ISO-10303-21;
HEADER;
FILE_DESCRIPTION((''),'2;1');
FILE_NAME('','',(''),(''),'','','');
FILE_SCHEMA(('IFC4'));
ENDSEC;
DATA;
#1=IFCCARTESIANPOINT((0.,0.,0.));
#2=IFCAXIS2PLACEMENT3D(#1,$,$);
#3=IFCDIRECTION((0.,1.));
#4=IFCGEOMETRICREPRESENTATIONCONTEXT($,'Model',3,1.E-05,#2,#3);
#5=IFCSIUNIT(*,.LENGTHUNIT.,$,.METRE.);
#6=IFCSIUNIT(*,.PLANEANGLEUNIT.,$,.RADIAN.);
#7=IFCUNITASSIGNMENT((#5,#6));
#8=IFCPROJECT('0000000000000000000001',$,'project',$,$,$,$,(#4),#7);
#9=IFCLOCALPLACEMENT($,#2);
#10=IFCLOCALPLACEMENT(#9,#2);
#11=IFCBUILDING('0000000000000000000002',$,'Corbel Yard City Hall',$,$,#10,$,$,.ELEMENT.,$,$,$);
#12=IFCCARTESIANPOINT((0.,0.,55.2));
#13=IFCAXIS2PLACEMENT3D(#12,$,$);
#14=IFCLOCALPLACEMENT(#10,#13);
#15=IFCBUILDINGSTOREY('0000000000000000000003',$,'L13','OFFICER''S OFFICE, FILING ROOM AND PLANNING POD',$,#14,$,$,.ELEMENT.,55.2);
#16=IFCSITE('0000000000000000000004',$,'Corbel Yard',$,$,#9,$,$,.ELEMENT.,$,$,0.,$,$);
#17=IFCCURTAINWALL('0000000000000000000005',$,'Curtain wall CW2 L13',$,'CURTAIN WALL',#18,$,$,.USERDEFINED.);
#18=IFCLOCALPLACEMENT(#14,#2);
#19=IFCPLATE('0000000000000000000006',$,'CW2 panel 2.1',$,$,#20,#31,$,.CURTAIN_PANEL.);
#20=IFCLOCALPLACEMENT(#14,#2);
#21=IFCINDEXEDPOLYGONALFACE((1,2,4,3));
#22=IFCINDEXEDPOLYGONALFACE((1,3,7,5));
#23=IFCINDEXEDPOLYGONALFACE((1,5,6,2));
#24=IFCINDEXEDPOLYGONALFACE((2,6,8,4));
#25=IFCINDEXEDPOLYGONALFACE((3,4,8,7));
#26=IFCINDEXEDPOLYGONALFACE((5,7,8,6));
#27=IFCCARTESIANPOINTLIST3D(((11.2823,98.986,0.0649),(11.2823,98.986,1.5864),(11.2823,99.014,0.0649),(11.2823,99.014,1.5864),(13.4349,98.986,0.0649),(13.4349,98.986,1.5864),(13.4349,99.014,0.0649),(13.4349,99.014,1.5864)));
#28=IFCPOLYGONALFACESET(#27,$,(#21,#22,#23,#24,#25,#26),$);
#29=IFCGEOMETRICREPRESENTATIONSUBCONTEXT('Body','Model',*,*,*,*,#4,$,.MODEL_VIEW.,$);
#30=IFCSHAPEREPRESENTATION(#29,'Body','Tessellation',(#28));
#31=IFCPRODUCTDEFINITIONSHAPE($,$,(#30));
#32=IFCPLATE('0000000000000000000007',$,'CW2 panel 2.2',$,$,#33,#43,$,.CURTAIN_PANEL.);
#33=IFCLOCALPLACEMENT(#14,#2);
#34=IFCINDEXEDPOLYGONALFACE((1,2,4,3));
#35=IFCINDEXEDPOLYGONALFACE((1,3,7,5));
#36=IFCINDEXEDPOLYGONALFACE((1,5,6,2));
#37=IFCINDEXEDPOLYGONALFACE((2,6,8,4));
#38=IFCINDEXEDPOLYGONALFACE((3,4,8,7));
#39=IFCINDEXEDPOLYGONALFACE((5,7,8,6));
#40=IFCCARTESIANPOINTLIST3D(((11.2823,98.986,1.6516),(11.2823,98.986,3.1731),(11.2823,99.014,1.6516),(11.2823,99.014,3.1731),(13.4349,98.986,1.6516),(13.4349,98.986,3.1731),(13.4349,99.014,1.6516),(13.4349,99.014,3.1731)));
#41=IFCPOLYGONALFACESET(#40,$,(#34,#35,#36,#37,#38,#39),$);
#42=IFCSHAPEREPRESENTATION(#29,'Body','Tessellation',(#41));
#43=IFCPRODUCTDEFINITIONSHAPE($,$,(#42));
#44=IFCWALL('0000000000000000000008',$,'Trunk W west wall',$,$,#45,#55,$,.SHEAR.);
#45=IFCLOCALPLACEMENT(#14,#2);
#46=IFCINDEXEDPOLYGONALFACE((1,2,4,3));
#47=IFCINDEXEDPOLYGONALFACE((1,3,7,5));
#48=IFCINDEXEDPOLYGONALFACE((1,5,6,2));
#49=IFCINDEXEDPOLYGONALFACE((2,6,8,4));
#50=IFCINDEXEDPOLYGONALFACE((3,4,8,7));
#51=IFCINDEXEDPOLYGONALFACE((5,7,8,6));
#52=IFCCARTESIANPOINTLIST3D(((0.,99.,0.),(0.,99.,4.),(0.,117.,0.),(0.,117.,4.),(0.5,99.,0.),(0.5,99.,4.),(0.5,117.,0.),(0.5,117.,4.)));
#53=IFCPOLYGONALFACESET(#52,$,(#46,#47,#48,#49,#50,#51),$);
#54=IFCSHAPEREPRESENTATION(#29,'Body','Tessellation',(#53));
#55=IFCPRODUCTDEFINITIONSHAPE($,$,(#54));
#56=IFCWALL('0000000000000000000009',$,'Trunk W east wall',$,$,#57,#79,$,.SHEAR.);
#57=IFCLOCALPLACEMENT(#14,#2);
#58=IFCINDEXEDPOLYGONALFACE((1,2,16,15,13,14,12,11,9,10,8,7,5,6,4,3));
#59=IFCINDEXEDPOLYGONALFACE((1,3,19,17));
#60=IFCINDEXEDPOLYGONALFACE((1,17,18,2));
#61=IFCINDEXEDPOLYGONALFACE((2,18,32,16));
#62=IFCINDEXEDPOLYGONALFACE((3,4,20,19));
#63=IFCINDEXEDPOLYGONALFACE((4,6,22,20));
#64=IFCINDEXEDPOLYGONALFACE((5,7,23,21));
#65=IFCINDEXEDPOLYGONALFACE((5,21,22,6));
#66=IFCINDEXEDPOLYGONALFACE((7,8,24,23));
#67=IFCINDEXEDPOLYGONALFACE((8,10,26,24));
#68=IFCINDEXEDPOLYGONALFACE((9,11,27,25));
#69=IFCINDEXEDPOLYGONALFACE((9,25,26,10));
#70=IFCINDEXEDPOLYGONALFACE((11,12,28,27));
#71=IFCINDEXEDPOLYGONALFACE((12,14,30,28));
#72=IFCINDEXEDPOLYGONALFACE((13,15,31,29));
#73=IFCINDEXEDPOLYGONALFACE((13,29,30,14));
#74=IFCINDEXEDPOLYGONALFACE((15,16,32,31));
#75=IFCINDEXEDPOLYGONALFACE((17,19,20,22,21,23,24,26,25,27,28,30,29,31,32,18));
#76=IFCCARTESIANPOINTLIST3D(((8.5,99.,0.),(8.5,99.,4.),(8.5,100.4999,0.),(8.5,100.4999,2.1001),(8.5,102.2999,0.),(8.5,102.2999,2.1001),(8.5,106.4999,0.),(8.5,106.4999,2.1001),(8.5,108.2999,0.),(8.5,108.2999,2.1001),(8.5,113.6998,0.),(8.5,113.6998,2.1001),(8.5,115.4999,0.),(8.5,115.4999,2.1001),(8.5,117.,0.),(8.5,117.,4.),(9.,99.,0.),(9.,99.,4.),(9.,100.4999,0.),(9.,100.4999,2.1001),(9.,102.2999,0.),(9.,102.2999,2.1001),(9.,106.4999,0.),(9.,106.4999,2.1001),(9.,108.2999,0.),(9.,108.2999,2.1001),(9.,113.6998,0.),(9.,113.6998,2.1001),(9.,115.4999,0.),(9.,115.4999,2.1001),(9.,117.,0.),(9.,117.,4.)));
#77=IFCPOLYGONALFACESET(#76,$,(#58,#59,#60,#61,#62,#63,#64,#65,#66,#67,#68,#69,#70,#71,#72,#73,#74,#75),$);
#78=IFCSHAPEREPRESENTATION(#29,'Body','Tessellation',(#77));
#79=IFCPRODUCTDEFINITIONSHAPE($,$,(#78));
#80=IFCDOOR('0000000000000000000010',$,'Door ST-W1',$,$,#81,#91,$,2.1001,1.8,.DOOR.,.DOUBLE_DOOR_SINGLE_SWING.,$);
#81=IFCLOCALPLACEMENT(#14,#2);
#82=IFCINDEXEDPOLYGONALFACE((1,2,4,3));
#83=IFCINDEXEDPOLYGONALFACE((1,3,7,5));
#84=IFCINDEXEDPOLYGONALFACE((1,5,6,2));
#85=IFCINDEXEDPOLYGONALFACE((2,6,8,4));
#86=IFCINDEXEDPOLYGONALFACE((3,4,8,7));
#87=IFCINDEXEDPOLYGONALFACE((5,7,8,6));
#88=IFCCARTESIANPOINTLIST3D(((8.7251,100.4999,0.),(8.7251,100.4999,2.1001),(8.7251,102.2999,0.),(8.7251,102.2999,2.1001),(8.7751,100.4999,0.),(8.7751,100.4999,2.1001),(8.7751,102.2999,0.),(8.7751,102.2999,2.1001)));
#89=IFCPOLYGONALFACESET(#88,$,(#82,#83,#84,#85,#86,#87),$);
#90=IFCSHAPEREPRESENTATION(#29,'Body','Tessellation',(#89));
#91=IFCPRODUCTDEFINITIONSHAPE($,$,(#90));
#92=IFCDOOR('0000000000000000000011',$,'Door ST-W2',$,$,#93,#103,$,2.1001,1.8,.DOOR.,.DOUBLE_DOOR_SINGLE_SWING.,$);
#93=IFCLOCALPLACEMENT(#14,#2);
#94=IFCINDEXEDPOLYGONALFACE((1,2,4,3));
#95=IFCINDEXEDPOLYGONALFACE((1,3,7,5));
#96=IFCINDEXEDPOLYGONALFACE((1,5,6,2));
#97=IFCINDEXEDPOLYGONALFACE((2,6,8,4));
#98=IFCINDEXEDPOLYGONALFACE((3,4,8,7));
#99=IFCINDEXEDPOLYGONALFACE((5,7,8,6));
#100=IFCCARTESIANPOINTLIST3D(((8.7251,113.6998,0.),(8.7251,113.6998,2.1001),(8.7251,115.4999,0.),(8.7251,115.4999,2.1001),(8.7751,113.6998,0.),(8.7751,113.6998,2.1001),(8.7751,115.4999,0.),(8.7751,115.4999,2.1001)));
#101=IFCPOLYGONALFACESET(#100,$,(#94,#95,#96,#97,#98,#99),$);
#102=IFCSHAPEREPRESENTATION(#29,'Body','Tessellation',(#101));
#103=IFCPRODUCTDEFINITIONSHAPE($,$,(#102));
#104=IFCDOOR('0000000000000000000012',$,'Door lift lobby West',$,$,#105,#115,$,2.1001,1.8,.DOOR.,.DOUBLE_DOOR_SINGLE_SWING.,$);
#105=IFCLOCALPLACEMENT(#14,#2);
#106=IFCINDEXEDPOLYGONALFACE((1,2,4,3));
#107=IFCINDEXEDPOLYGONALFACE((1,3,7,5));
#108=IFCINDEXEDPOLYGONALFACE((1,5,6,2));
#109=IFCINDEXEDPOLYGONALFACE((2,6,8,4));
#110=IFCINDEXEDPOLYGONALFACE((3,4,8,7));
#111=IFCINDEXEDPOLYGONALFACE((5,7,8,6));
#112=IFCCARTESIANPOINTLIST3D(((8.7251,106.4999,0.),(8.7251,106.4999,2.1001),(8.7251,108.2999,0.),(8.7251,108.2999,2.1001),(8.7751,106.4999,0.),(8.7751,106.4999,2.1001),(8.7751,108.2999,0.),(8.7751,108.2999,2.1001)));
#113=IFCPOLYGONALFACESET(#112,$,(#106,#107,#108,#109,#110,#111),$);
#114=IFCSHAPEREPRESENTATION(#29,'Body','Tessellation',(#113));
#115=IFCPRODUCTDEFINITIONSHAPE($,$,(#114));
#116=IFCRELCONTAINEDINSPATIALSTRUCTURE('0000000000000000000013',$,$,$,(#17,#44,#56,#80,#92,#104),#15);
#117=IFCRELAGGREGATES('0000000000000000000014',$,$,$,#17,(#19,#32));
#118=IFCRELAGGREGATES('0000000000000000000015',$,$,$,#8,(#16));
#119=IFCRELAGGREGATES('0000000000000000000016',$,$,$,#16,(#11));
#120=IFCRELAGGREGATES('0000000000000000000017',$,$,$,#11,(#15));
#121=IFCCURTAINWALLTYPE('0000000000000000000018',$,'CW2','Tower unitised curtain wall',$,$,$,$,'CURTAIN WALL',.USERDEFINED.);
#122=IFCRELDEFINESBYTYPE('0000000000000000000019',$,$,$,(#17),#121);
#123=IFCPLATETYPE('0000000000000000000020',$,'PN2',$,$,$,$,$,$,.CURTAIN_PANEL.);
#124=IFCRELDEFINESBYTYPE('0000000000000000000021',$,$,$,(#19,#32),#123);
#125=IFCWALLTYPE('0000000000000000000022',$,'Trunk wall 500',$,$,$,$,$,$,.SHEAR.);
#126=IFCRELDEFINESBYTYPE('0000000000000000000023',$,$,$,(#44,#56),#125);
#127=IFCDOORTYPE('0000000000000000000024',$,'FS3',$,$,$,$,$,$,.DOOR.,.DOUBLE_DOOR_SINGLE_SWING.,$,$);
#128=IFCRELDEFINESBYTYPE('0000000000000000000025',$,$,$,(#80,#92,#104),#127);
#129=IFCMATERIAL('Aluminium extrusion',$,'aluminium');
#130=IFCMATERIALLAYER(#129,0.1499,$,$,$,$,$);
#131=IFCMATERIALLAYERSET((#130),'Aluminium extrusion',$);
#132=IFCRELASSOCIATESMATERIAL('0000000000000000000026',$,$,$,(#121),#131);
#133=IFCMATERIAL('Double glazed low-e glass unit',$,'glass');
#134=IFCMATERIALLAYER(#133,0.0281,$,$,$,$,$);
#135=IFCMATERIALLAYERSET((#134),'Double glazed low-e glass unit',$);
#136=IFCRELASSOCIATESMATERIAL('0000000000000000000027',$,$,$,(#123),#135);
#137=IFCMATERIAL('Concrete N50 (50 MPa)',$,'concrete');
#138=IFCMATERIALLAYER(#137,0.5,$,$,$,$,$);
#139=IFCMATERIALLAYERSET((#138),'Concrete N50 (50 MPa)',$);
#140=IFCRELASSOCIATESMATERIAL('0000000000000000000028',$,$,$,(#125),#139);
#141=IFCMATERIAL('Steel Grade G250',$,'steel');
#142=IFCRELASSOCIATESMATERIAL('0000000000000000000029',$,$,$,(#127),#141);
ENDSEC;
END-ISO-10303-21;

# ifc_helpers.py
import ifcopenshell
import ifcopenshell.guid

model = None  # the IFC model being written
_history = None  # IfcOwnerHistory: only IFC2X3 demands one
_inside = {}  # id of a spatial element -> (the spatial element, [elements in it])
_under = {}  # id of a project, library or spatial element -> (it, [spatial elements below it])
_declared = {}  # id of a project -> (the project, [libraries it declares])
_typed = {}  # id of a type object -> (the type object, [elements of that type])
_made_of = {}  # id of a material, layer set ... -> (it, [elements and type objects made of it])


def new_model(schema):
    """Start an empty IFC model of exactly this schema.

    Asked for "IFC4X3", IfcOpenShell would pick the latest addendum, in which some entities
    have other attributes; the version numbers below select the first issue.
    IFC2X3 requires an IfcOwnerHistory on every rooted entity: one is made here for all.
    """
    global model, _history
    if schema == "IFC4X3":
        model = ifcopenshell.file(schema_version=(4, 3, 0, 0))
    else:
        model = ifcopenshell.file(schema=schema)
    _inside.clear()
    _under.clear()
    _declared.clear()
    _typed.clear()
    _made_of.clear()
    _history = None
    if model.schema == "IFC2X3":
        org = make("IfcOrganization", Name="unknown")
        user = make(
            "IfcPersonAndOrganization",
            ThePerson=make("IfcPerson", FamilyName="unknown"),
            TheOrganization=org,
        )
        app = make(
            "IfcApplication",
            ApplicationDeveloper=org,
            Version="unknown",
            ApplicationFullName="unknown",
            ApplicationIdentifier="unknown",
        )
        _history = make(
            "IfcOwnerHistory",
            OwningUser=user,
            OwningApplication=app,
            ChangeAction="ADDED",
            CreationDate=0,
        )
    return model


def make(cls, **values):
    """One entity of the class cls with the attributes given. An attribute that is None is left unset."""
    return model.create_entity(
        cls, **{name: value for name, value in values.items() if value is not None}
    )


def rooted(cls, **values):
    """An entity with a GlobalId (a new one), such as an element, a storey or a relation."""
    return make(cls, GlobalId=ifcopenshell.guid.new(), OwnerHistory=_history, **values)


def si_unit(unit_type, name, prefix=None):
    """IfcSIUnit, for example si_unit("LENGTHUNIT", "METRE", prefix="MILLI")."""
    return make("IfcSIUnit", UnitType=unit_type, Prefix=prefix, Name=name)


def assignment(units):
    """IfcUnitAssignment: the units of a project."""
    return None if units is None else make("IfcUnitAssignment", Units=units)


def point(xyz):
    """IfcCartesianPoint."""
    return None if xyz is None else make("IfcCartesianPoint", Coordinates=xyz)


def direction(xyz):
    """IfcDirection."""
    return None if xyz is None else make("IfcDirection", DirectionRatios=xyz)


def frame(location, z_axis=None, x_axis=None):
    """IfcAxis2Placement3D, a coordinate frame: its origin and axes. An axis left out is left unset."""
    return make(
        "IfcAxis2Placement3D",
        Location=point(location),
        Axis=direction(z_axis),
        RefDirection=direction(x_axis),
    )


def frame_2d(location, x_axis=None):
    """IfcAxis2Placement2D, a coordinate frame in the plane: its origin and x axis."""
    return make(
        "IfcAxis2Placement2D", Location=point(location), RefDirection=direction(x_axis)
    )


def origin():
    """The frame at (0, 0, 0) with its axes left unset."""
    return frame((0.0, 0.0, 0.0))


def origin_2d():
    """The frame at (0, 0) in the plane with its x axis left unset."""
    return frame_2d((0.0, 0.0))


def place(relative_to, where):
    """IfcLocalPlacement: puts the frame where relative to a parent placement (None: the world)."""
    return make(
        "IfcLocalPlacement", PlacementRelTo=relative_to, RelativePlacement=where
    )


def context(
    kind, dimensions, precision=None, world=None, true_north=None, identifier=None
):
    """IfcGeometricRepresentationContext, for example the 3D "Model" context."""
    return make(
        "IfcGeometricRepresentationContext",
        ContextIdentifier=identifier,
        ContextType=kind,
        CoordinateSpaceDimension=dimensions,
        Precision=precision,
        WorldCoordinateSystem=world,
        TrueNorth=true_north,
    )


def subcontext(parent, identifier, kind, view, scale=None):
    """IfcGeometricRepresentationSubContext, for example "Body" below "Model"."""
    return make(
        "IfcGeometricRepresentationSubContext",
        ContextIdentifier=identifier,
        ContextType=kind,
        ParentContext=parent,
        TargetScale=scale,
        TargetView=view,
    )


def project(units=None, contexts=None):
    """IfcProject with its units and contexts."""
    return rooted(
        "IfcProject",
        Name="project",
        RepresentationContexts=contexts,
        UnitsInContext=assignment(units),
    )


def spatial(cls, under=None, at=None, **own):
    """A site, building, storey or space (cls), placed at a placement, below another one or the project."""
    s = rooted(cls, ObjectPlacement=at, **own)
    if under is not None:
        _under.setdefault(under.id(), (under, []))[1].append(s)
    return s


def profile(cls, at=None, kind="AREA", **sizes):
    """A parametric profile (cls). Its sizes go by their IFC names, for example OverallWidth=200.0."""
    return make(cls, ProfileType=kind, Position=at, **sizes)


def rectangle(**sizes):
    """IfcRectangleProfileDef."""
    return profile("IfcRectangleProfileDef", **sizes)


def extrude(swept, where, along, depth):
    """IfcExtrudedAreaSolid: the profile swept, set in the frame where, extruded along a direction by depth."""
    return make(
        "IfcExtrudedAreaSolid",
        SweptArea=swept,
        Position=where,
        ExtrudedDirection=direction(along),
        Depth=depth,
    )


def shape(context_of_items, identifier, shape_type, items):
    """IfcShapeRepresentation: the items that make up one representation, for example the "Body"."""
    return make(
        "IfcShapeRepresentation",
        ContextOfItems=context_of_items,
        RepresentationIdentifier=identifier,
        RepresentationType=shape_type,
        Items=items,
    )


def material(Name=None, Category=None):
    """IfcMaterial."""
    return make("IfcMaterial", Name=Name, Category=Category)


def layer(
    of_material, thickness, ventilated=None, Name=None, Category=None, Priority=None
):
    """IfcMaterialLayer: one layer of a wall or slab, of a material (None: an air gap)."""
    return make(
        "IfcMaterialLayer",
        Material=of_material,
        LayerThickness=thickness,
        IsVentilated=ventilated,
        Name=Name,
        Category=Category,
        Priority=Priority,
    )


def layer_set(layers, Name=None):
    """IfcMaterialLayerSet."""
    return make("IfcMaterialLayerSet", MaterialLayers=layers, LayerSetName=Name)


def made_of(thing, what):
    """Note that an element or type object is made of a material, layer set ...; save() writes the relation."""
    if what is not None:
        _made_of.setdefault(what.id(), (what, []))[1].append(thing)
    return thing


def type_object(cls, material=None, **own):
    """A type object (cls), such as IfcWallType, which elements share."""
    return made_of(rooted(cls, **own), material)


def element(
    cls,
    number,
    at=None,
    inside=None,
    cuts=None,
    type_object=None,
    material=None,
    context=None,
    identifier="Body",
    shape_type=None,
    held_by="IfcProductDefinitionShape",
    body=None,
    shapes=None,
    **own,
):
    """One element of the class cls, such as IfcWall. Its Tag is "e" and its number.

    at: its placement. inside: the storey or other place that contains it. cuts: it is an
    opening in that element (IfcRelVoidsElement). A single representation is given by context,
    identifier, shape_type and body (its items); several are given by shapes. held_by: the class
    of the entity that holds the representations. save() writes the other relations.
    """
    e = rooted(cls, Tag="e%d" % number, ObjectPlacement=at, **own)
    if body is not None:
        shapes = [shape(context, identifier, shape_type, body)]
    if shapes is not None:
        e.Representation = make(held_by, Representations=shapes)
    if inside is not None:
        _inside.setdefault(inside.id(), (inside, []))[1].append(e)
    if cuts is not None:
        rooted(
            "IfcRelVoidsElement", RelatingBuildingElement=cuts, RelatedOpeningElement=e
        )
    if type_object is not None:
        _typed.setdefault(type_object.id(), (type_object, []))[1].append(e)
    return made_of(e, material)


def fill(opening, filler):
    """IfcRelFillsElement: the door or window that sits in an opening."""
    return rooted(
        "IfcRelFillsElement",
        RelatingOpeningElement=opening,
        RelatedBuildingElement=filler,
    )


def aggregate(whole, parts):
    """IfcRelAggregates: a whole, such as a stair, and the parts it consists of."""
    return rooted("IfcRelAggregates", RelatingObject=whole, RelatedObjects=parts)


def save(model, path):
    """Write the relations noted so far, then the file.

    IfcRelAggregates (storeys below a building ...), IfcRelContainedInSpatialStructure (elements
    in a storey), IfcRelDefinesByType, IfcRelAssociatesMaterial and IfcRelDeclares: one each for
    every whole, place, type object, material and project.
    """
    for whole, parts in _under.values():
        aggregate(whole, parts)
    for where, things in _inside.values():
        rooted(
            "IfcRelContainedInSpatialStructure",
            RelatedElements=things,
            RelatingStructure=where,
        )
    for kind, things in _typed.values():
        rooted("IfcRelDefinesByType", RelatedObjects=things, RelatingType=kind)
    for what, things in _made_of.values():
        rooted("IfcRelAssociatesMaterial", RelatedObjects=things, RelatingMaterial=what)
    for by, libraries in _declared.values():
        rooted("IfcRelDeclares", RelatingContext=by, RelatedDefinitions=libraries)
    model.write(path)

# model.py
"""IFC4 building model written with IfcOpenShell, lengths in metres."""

from ifc_helpers import new_model, si_unit, direction, frame, frame_2d, origin, origin_2d, place, context, subcontext, project, spatial, rectangle, extrude, material, layer, layer_set, type_object, element, fill, aggregate, save


model = new_model("IFC4")

# Units and contexts
model_context = context("Model", 3, precision=1e-05, world=origin(), true_north=direction((0.0, 1.0)))
body_context = subcontext(model_context, "Body", "Model", "MODEL_VIEW")
ifc_project = project(units=[si_unit("LENGTHUNIT", "METRE"), si_unit("PLANEANGLEUNIT", "RADIAN")], contexts=[model_context])

# Site, building, storey
site_placement = place(None, origin())
site = spatial("IfcSite", under=ifc_project, at=site_placement, Name="Corbel Yard", CompositionType="ELEMENT", RefElevation=0.0)
building_placement = place(site_placement, origin())
building = spatial("IfcBuilding", under=site, at=building_placement, Name="Corbel Yard City Hall", CompositionType="ELEMENT")
storey_placement = place(building_placement, frame((0.0, 0.0, 55.2)))
storey = spatial("IfcBuildingStorey", under=building, at=storey_placement, Name="L13", Description="OFFICER'S OFFICE, FILING ROOM AND PLANNING POD", CompositionType="ELEMENT", Elevation=55.2)

# Curtain wall
ifc_material_1 = material(Name="Aluminium extrusion", Category="aluminium")
ifc_layer_1 = layer(ifc_material_1, 0.1499)
ifc_layer_set_1 = layer_set([ifc_layer_1], Name="Aluminium extrusion")
curtain_wall_type = type_object("IfcCurtainWallType", Name="CW2", Description="Tower unitised curtain wall", ElementType="CURTAIN WALL", PredefinedType="USERDEFINED", material=ifc_layer_set_1)
curtain_wall_placement = place(storey_placement, origin())
curtain_wall = element("IfcCurtainWall", 1, at=curtain_wall_placement, inside=storey, type_object=curtain_wall_type, Name="Curtain wall CW2 L13", ObjectType="CURTAIN WALL", PredefinedType="USERDEFINED")

# Plates
ifc_material_2 = material(Name="Double glazed low-e glass unit", Category="glass")
ifc_layer_2 = layer(ifc_material_2, 0.0281)
ifc_layer_set_2 = layer_set([ifc_layer_2], Name="Double glazed low-e glass unit")
plate_type_1 = type_object("IfcPlateType", Name="PN2", PredefinedType="CURTAIN_PANEL", material=ifc_layer_set_2)
plate_1_placement = place(storey_placement, frame((12.3586, 99.0, 0.0649), z_axis=(0.0, 0.0, 1.0), x_axis=(1.0, 0.0, 0.0)))
plate_1 = element("IfcPlate", 2, at=plate_1_placement, type_object=plate_type_1, Name="CW2 panel 2.1", PredefinedType="CURTAIN_PANEL", context=body_context, shape_type="SweptSolid", body=[
    extrude(rectangle(XDim=2.1526, YDim=0.0281, at=origin_2d()), origin(), (0.0, 0.0, 1.0), 1.5215),
])
plate_2_placement = place(storey_placement, frame((12.3586, 99.0, 1.6516), z_axis=(0.0, 0.0, 1.0), x_axis=(1.0, 0.0, 0.0)))
plate_2 = element("IfcPlate", 3, at=plate_2_placement, type_object=plate_type_1, Name="CW2 panel 2.2", PredefinedType="CURTAIN_PANEL", context=body_context, shape_type="SweptSolid", body=[
    extrude(rectangle(XDim=2.1526, YDim=0.0281, at=origin_2d()), origin(), (0.0, 0.0, 1.0), 1.5215),
])
aggregate(curtain_wall, [plate_1, plate_2])

# Wall
ifc_material_3 = material(Name="Concrete N50 (50 MPa)", Category="concrete")
ifc_layer_3 = layer(ifc_material_3, 0.5)
ifc_layer_set_3 = layer_set([ifc_layer_3], Name="Concrete N50 (50 MPa)")
wall_type = type_object("IfcWallType", Name="Trunk wall 500", PredefinedType="SHEAR", material=ifc_layer_set_3)
wall_1_placement = place(storey_placement, frame((0.25, 99.0, 0.0), z_axis=(0.0, 0.0, 1.0), x_axis=(0.0, 1.0, 0.0)))
element("IfcWall", 4, at=wall_1_placement, inside=storey, type_object=wall_type, Name="Trunk W west wall", PredefinedType="SHEAR", context=body_context, shape_type="SweptSolid", body=[
    extrude(rectangle(XDim=18.0, YDim=0.5, at=frame_2d((9.0, 0.0))), origin(), (0.0, 0.0, 1.0), 4.0),
])

# Wall, openings, doors
wall_2_placement = place(storey_placement, frame((8.75, 99.0, 0.0), z_axis=(0.0, 0.0, 1.0), x_axis=(0.0, 1.0, 0.0)))
wall_2 = element("IfcWall", 5, at=wall_2_placement, inside=storey, type_object=wall_type, Name="Trunk W east wall", PredefinedType="SHEAR", context=body_context, shape_type="SweptSolid", body=[
    extrude(rectangle(XDim=18.0, YDim=0.5, at=frame_2d((9.0, 0.0))), origin(), (0.0, 0.0, 1.0), 4.0),
])
opening_1_placement = place(wall_2_placement, frame((1.5, 0.0, 0.0)))
opening_1 = element("IfcOpeningElement", 6, at=opening_1_placement, cuts=wall_2, PredefinedType="OPENING", context=body_context, shape_type="SweptSolid", body=[
    extrude(rectangle(XDim=1.8, YDim=2.1001, at=frame_2d((0.8999, 1.05))), frame((0.0, 0.26, 0.0), z_axis=(0.0, -1.0, 0.0), x_axis=(1.0, 0.0, 0.0)), (0.0, 0.0, 1.0), 0.52),
])
opening_2_placement = place(wall_2_placement, frame((14.7, 0.0, 0.0)))
opening_2 = element("IfcOpeningElement", 7, at=opening_2_placement, cuts=wall_2, PredefinedType="OPENING", context=body_context, shape_type="SweptSolid", body=[
    extrude(rectangle(XDim=1.8, YDim=2.1001, at=frame_2d((0.8999, 1.05))), frame((0.0, 0.26, 0.0), z_axis=(0.0, -1.0, 0.0), x_axis=(1.0, 0.0, 0.0)), (0.0, 0.0, 1.0), 0.52),
])
opening_3_placement = place(wall_2_placement, frame((7.5, 0.0, 0.0)))
opening_3 = element("IfcOpeningElement", 8, at=opening_3_placement, cuts=wall_2, PredefinedType="OPENING", context=body_context, shape_type="SweptSolid", body=[
    extrude(rectangle(XDim=1.8, YDim=2.1001, at=frame_2d((0.8999, 1.05))), frame((0.0, 0.26, 0.0), z_axis=(0.0, -1.0, 0.0), x_axis=(1.0, 0.0, 0.0)), (0.0, 0.0, 1.0), 0.52),
])
ifc_material_4 = material(Name="Steel Grade G250", Category="steel")
door_type = type_object("IfcDoorType", Name="FS3", OperationType="DOUBLE_DOOR_SINGLE_SWING", PredefinedType="DOOR", material=ifc_material_4)
door_1_placement = place(opening_1_placement, origin())
door_1 = element("IfcDoor", 9, at=door_1_placement, inside=storey, type_object=door_type, Name="Door ST-W1", OperationType="DOUBLE_DOOR_SINGLE_SWING", OverallHeight=2.1001, OverallWidth=1.8, PredefinedType="DOOR", context=body_context, shape_type="SweptSolid", body=[
    extrude(rectangle(XDim=1.8, YDim=2.1001, at=frame_2d((0.8999, 1.05))), frame((0.0, 0.0249, 0.0), z_axis=(0.0, -1.0, 0.0), x_axis=(1.0, 0.0, 0.0)), (0.0, 0.0, 1.0), 0.05),
])
fill(opening_1, door_1)
door_2_placement = place(opening_2_placement, origin())
door_2 = element("IfcDoor", 10, at=door_2_placement, inside=storey, type_object=door_type, Name="Door ST-W2", OperationType="DOUBLE_DOOR_SINGLE_SWING", OverallHeight=2.1001, OverallWidth=1.8, PredefinedType="DOOR", context=body_context, shape_type="SweptSolid", body=[
    extrude(rectangle(XDim=1.8, YDim=2.1001, at=frame_2d((0.8999, 1.05))), frame((0.0, 0.0249, 0.0), z_axis=(0.0, -1.0, 0.0), x_axis=(1.0, 0.0, 0.0)), (0.0, 0.0, 1.0), 0.05),
])
fill(opening_2, door_2)
door_3_placement = place(opening_3_placement, origin())
door_3 = element("IfcDoor", 11, at=door_3_placement, inside=storey, type_object=door_type, Name="Door lift lobby West", OperationType="DOUBLE_DOOR_SINGLE_SWING", OverallHeight=2.1001, OverallWidth=1.8, PredefinedType="DOOR", context=body_context, shape_type="SweptSolid", body=[
    extrude(rectangle(XDim=1.8, YDim=2.1001, at=frame_2d((0.8999, 1.05))), frame((0.0, 0.0249, 0.0), z_axis=(0.0, -1.0, 0.0), x_axis=(1.0, 0.0, 0.0)), (0.0, 0.0, 1.0), 0.05),
])
fill(opening_3, door_3)

save(model, "model.ifc")
